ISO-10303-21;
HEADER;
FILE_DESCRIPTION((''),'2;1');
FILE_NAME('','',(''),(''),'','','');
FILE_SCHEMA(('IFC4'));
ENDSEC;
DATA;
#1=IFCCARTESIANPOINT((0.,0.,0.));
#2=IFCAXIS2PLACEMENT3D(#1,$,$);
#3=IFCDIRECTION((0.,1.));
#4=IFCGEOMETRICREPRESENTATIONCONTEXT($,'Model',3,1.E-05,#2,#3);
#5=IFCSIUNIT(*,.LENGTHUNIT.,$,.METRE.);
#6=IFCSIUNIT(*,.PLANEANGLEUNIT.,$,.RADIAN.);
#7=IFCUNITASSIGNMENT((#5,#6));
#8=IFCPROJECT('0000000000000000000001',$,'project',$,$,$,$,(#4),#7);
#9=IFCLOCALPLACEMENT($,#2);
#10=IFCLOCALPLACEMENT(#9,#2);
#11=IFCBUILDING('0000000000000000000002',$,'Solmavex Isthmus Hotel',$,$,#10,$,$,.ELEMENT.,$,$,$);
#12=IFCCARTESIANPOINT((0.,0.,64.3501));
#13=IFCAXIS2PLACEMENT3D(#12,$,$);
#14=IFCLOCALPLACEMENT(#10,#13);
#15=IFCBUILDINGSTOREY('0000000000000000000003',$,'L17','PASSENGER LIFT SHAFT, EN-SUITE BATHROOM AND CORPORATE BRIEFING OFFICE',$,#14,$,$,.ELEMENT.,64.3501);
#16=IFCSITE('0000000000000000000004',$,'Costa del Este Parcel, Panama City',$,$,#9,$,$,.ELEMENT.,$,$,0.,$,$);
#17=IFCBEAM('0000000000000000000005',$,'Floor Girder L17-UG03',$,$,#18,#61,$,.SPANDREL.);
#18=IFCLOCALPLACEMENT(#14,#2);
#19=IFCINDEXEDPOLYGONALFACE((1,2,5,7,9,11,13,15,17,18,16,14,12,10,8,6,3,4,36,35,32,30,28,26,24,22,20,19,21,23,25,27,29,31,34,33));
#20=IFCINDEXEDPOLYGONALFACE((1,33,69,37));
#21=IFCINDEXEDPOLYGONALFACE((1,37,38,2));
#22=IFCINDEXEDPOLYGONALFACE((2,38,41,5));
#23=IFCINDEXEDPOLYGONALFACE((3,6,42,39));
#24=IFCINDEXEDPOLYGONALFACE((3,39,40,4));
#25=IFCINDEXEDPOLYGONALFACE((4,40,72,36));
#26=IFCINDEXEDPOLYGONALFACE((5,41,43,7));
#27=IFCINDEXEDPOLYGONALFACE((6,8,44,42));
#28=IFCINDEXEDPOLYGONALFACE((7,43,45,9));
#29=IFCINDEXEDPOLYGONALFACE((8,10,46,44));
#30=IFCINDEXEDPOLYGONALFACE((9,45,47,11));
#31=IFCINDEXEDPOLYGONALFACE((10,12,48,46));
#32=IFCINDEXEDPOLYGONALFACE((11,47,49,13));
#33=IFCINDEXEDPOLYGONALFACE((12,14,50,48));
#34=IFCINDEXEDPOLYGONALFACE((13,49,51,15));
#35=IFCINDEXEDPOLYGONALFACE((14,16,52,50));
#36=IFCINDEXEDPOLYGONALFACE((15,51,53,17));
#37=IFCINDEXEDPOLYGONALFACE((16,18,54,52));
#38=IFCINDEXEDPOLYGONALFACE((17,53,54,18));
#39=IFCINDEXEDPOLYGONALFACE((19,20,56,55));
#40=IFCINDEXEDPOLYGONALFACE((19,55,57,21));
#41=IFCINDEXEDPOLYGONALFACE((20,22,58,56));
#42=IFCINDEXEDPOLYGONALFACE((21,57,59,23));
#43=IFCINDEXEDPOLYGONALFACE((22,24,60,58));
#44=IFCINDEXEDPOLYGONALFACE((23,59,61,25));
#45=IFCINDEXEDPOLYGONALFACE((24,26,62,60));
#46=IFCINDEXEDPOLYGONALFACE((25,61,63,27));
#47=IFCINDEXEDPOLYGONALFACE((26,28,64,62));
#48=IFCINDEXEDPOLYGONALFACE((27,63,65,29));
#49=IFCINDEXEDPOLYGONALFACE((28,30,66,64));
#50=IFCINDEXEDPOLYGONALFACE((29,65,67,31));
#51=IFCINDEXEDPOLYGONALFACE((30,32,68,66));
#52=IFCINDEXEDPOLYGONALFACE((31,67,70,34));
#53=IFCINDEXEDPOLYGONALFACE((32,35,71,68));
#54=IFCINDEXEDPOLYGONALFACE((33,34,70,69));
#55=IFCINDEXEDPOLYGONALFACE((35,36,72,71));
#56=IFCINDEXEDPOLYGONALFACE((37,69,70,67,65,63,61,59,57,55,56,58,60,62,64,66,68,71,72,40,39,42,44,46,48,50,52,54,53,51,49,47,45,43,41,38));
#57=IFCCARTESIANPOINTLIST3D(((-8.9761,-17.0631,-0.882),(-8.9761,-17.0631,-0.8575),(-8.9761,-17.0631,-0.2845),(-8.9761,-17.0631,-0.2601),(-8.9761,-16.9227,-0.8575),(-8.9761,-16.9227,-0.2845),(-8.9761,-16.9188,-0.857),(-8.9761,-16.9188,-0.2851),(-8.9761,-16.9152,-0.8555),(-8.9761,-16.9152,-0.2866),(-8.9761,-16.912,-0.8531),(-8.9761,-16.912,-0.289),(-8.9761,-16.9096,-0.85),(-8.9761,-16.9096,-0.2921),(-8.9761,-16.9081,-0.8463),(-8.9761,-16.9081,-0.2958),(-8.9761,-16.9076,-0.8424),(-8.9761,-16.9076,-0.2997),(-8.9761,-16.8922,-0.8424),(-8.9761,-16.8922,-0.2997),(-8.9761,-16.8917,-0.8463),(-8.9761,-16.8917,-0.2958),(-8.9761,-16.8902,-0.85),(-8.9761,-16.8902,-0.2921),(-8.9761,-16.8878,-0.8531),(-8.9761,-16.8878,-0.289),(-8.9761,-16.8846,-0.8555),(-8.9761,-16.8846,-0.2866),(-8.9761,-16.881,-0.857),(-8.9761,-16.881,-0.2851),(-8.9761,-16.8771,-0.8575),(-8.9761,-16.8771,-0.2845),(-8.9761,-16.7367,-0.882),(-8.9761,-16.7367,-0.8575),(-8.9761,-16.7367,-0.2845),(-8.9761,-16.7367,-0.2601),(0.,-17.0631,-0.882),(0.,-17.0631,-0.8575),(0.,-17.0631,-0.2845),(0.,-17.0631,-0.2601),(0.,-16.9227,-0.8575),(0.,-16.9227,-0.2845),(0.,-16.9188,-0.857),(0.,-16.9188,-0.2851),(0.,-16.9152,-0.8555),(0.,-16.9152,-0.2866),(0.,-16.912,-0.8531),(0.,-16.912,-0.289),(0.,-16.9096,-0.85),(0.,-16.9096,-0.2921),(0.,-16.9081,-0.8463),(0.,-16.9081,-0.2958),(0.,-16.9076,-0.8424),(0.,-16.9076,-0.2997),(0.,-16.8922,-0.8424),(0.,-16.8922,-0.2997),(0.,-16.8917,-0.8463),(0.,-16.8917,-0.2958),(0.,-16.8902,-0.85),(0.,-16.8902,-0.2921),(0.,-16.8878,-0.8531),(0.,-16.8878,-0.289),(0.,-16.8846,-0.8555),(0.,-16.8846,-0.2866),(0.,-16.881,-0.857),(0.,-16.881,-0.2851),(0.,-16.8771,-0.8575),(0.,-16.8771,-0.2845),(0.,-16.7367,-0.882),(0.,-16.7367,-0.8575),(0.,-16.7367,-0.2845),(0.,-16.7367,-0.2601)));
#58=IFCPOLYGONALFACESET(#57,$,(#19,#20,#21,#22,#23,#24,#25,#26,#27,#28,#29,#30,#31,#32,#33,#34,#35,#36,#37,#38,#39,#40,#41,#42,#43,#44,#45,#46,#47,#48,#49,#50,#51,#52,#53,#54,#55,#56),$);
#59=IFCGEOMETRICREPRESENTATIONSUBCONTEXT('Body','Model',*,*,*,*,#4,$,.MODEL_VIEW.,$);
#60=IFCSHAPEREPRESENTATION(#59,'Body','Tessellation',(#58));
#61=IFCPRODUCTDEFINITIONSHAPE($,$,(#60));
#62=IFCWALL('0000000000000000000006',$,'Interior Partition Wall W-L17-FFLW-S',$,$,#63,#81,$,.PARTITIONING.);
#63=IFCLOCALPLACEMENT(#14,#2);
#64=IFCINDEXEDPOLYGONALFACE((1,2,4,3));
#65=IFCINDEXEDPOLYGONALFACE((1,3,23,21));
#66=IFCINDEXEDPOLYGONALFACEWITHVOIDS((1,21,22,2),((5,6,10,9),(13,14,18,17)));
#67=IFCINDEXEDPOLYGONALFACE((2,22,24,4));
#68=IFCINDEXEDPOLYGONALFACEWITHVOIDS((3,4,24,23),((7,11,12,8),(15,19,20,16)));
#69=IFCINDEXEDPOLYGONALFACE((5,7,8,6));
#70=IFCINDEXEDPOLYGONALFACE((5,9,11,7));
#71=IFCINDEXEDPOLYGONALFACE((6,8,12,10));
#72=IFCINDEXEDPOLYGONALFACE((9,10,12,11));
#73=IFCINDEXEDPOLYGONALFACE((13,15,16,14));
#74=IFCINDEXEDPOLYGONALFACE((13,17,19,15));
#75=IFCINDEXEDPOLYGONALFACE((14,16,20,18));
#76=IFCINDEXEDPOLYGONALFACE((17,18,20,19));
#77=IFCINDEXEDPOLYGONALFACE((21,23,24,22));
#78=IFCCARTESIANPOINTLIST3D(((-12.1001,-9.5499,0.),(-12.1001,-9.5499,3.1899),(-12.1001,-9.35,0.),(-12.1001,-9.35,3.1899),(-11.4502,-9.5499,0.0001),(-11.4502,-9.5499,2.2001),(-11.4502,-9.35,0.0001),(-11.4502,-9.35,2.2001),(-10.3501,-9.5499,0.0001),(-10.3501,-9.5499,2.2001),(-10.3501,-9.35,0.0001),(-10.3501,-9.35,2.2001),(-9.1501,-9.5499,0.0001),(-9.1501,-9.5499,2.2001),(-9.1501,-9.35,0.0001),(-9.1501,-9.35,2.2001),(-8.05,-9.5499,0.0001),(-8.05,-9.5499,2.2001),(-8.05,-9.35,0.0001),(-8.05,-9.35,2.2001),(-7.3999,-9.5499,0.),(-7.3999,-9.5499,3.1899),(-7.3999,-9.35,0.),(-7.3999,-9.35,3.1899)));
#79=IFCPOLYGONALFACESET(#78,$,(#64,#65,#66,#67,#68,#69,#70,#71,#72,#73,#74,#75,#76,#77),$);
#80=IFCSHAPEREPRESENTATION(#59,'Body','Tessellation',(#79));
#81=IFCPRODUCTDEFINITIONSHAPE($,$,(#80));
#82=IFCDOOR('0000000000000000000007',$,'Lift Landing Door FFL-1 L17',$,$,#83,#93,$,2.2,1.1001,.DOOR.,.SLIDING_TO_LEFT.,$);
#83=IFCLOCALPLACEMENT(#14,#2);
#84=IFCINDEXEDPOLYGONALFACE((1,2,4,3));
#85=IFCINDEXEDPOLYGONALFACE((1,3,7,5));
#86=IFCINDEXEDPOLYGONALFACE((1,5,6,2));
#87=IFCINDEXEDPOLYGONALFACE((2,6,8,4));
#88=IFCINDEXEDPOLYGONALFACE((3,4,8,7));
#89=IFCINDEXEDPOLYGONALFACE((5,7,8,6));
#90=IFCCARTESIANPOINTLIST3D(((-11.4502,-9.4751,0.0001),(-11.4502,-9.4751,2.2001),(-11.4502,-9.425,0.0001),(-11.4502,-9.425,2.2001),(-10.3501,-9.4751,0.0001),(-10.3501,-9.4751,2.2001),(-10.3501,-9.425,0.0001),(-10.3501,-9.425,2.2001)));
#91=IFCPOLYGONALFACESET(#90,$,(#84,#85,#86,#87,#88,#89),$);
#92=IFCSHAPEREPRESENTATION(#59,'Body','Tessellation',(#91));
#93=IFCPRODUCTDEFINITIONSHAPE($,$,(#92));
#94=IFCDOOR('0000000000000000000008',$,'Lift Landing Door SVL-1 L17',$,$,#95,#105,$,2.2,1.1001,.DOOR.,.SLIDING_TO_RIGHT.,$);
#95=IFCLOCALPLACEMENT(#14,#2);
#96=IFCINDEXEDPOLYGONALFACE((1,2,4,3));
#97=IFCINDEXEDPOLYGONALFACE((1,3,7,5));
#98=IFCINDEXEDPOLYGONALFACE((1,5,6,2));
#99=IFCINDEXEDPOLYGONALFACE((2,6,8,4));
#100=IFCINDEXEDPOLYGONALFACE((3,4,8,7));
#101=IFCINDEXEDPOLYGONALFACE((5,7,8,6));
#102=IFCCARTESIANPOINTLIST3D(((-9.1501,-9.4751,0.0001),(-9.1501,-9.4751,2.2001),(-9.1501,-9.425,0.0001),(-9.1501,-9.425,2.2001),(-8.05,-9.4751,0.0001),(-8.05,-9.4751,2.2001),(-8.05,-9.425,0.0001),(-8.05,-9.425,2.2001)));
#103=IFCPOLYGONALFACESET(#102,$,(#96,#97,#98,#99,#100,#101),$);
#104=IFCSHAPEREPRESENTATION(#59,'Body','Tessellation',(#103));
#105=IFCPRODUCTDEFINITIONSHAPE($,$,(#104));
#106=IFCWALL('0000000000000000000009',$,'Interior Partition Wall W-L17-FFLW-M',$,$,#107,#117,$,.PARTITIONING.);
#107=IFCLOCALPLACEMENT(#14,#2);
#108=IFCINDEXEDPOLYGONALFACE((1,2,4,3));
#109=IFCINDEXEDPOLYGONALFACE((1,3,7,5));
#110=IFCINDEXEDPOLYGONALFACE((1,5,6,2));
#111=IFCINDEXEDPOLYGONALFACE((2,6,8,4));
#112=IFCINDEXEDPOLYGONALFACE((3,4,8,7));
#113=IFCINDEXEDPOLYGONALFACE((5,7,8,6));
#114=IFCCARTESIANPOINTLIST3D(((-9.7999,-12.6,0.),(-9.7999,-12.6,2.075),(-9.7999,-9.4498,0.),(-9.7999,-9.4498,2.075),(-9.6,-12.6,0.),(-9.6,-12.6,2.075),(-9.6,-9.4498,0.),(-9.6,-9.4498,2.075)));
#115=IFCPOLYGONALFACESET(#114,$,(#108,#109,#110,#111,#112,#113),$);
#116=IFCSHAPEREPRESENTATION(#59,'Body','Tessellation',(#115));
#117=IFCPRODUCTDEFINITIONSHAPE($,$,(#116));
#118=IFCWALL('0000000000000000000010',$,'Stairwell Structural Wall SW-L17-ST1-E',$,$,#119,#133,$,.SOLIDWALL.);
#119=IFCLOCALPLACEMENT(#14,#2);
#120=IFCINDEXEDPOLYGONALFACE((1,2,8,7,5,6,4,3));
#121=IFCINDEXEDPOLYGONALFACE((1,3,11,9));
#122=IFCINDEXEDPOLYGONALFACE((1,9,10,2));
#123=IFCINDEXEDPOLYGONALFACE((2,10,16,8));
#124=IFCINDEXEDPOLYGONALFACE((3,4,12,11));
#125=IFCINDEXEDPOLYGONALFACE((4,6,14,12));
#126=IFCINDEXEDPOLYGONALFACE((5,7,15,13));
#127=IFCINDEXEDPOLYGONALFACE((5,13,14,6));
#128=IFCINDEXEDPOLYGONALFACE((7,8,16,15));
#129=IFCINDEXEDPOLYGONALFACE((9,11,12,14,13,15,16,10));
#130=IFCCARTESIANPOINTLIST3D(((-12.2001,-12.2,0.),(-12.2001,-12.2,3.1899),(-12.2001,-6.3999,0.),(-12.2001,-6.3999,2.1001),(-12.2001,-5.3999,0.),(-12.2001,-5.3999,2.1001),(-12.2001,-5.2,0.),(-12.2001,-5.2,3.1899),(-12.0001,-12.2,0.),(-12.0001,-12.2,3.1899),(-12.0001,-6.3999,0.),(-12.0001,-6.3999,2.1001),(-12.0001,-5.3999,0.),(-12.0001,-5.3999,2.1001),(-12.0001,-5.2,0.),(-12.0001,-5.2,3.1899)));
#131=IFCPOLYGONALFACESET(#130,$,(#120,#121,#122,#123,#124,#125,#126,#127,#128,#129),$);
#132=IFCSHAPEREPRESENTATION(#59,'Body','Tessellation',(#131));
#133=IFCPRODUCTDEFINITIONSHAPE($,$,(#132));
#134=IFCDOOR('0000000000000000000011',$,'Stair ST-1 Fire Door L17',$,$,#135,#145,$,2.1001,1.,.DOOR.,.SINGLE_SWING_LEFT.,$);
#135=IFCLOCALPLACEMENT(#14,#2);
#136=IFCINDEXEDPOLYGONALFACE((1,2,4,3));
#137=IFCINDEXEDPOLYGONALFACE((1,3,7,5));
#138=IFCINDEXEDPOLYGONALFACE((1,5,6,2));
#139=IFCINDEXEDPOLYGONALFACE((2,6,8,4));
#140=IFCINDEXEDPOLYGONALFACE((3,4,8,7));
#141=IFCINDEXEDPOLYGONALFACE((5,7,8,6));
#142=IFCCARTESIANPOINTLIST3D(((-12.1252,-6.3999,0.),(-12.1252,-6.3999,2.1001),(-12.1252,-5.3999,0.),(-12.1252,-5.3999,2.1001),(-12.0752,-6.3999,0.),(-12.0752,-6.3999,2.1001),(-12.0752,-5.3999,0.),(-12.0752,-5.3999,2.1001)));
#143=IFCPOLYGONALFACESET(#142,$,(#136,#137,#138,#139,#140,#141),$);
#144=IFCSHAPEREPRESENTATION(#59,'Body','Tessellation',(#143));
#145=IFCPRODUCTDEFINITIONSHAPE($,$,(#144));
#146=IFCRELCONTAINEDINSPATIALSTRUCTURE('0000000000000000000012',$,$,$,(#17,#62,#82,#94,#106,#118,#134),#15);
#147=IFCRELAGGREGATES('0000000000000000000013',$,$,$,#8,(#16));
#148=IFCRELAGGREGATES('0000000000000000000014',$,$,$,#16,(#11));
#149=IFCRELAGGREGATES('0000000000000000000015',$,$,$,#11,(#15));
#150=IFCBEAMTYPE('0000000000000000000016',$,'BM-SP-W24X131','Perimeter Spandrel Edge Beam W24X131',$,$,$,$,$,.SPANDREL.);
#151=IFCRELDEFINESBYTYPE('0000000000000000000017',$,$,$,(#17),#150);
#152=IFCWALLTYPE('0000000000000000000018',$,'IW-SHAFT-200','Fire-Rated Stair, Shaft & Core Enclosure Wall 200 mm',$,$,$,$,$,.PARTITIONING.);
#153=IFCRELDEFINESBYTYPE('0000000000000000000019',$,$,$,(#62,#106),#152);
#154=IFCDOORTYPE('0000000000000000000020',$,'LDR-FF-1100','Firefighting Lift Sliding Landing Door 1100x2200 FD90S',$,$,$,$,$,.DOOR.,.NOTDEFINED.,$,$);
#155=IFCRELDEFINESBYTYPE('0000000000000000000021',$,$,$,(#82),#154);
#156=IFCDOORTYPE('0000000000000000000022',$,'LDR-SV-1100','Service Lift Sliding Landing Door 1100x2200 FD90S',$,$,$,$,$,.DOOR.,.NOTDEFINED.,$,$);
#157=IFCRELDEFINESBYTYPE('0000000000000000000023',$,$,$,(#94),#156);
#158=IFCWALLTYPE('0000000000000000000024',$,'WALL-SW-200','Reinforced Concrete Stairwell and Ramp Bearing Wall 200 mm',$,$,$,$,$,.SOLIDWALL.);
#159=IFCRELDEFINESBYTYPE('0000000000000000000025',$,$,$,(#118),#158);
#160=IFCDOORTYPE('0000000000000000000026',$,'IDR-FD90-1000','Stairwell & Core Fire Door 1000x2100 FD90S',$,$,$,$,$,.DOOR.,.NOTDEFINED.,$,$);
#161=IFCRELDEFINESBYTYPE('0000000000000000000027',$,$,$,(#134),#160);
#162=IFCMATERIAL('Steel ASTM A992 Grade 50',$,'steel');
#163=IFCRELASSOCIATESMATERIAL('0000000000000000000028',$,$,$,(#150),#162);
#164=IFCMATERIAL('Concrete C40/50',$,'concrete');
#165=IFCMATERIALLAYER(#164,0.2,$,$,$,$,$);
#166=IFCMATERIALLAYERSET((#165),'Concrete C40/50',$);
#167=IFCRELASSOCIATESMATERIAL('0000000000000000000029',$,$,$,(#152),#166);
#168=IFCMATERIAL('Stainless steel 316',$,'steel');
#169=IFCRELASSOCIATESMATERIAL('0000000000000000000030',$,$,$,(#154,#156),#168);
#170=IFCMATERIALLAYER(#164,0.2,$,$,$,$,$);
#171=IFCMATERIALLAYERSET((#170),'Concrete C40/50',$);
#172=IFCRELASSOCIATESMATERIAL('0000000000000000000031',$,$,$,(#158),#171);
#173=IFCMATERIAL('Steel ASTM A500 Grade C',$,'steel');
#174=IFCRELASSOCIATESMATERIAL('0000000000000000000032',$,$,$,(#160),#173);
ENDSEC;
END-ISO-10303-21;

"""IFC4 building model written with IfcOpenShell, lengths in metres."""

from ifc_helpers import new_model, si_unit, direction, frame, frame_2d, origin, origin_2d, place, context, subcontext, project, spatial, rectangle, i_section, extrude, material, layer, layer_set, material_profile, profile_set, type_object, element, fill, save


model = new_model("IFC4")

# Units and contexts
model_context = context("Model", 3, precision=1e-05, world=origin(), true_north=direction((0.0, 1.0)))
body_context = subcontext(model_context, "Body", "Model", "MODEL_VIEW")
ifc_project = project(units=[si_unit("LENGTHUNIT", "METRE"), si_unit("PLANEANGLEUNIT", "RADIAN")], contexts=[model_context])

# Site, building, storey
site_placement = place(None, origin())
site = spatial("IfcSite", under=ifc_project, at=site_placement, Name="Costa del Este Parcel, Panama City", CompositionType="ELEMENT", RefElevation=0.0)
building_placement = place(site_placement, origin())
building = spatial("IfcBuilding", under=site, at=building_placement, Name="Solmavex Isthmus Hotel", CompositionType="ELEMENT")
storey_placement = place(building_placement, frame((0.0, 0.0, 64.3501)))
storey = spatial("IfcBuildingStorey", under=building, at=storey_placement, Name="L17", Description="PASSENGER LIFT SHAFT, EN-SUITE BATHROOM AND CORPORATE BRIEFING OFFICE", CompositionType="ELEMENT", Elevation=64.3501)

# Beam
ifc_material_1 = material(Name="Steel ASTM A992 Grade 50", Category="steel")
ifc_material_profile_1 = material_profile(ifc_material_1, i_section(OverallWidth=0.3264, OverallDepth=0.6218, WebThickness=0.0154, FlangeThickness=0.0244, FilletRadius=0.0151, at=origin_2d()), Name="W24X131")
ifc_profile_set_1 = profile_set([ifc_material_profile_1], Name="Steel ASTM A992 Grade 50")
beam_type_1 = type_object("IfcBeamType", Name="BM-SP-W24X131", Description="Perimeter Spandrel Edge Beam W24X131", PredefinedType="SPANDREL", material=ifc_profile_set_1)
beam_1_placement = place(storey_placement, frame((-8.9761, -16.8999, -0.571), z_axis=(1.0, 0.0, 0.0), x_axis=(0.0, 1.0, 0.0)))
element("IfcBeam", 1, at=beam_1_placement, inside=storey, type_object=beam_type_1, Name="Floor Girder L17-UG03", PredefinedType="SPANDREL", context=body_context, shape_type="SweptSolid", body=[
    extrude(i_section(OverallWidth=0.3264, OverallDepth=0.6218, WebThickness=0.0154, FlangeThickness=0.0244, FilletRadius=0.0151, at=origin_2d()), origin(), (0.0, 0.0, 1.0), 8.9761),
])

# Wall, openings, doors
ifc_material_2 = material(Name="Concrete C40/50", Category="concrete")
ifc_layer_1 = layer(ifc_material_2, 0.2)
ifc_layer_set_1 = layer_set([ifc_layer_1], Name="Concrete C40/50")
wall_type_1 = type_object("IfcWallType", Name="IW-SHAFT-200", Description="Fire-Rated Stair, Shaft & Core Enclosure Wall 200 mm", PredefinedType="PARTITIONING", material=ifc_layer_set_1)
wall_1_placement = place(storey_placement, frame((-12.1001, -9.45, 0.0), z_axis=(0.0, 0.0, 1.0), x_axis=(1.0, 0.0, 0.0)))
wall_1 = element("IfcWall", 2, at=wall_1_placement, inside=storey, type_object=wall_type_1, Name="Interior Partition Wall W-L17-FFLW-S", PredefinedType="PARTITIONING", context=body_context, shape_type="SweptSolid", body=[
    extrude(rectangle(XDim=4.7002, YDim=0.2, at=frame_2d((2.3501, 0.0))), origin(), (0.0, 0.0, 1.0), 3.1899),
])
opening_1_placement = place(wall_1_placement, frame((0.6499, 0.0, 0.0)))
opening_1 = element("IfcOpeningElement", 3, at=opening_1_placement, cuts=wall_1, PredefinedType="OPENING", context=body_context, shape_type="SweptSolid", body=[
    extrude(rectangle(XDim=1.1001, YDim=2.2, at=frame_2d((0.55, 1.1001))), frame((0.0, 0.1099, 0.0), z_axis=(0.0, -1.0, 0.0), x_axis=(1.0, 0.0, 0.0)), (0.0, 0.0, 1.0), 0.22),
])
opening_2_placement = place(wall_1_placement, frame((2.95, 0.0, 0.0)))
opening_2 = element("IfcOpeningElement", 4, at=opening_2_placement, cuts=wall_1, PredefinedType="OPENING", context=body_context, shape_type="SweptSolid", body=[
    extrude(rectangle(XDim=1.1001, YDim=2.2, at=frame_2d((0.55, 1.1001))), frame((0.0, 0.1099, 0.0), z_axis=(0.0, -1.0, 0.0), x_axis=(1.0, 0.0, 0.0)), (0.0, 0.0, 1.0), 0.22),
])
ifc_material_3 = material(Name="Stainless steel 316", Category="steel")
door_type_1 = type_object("IfcDoorType", Name="LDR-FF-1100", Description="Firefighting Lift Sliding Landing Door 1100x2200 FD90S", OperationType="NOTDEFINED", PredefinedType="DOOR", material=ifc_material_3)
door_1_placement = place(opening_1_placement, origin())
door_1 = element("IfcDoor", 5, at=door_1_placement, inside=storey, type_object=door_type_1, Name="Lift Landing Door FFL-1 L17", OperationType="SLIDING_TO_LEFT", OverallHeight=2.2, OverallWidth=1.1001, PredefinedType="DOOR", context=body_context, shape_type="SweptSolid", body=[
    extrude(rectangle(XDim=1.1001, YDim=2.2, at=frame_2d((0.55, 1.1001))), frame((0.0, 0.0249, 0.0), z_axis=(0.0, -1.0, 0.0), x_axis=(1.0, 0.0, 0.0)), (0.0, 0.0, 1.0), 0.05),
])
fill(opening_1, door_1)
door_type_2 = type_object("IfcDoorType", Name="LDR-SV-1100", Description="Service Lift Sliding Landing Door 1100x2200 FD90S", OperationType="NOTDEFINED", PredefinedType="DOOR", material=ifc_material_3)
door_2_placement = place(opening_2_placement, origin())
door_2 = element("IfcDoor", 6, at=door_2_placement, inside=storey, type_object=door_type_2, Name="Lift Landing Door SVL-1 L17", OperationType="SLIDING_TO_RIGHT", OverallHeight=2.2, OverallWidth=1.1001, PredefinedType="DOOR", context=body_context, shape_type="SweptSolid", body=[
    extrude(rectangle(XDim=1.1001, YDim=2.2, at=frame_2d((0.55, 1.1001))), frame((0.0, 0.0249, 0.0), z_axis=(0.0, -1.0, 0.0), x_axis=(1.0, 0.0, 0.0)), (0.0, 0.0, 1.0), 0.05),
])
fill(opening_2, door_2)

# Wall
wall_2_placement = place(storey_placement, frame((-9.7, -12.6001, 0.0), z_axis=(0.0, 0.0, 1.0), x_axis=(0.0, 1.0, 0.0)))
element("IfcWall", 7, at=wall_2_placement, inside=storey, type_object=wall_type_1, Name="Interior Partition Wall W-L17-FFLW-M", PredefinedType="PARTITIONING", context=body_context, shape_type="SweptSolid", body=[
    extrude(rectangle(XDim=3.1501, YDim=0.2, at=frame_2d((1.5752, 0.0))), origin(), (0.0, 0.0, 1.0), 2.075),
])

# Wall, opening, door
ifc_layer_2 = layer(ifc_material_2, 0.2)
ifc_layer_set_2 = layer_set([ifc_layer_2], Name="Concrete C40/50")
wall_type_2 = type_object("IfcWallType", Name="WALL-SW-200", Description="Reinforced Concrete Stairwell and Ramp Bearing Wall 200 mm", PredefinedType="SOLIDWALL", material=ifc_layer_set_2)
wall_3_placement = place(storey_placement, frame((-12.1001, -12.2, 0.0), z_axis=(0.0, 0.0, 1.0), x_axis=(0.0, 1.0, 0.0)))
wall_3 = element("IfcWall", 8, at=wall_3_placement, inside=storey, type_object=wall_type_2, Name="Stairwell Structural Wall SW-L17-ST1-E", PredefinedType="SOLIDWALL", context=body_context, shape_type="SweptSolid", body=[
    extrude(rectangle(XDim=7.0, YDim=0.2, at=frame_2d((3.5, 0.0))), origin(), (0.0, 0.0, 1.0), 3.1899),
])
opening_3_placement = place(wall_3_placement, frame((5.8, 0.0, 0.0)))
opening_3 = element("IfcOpeningElement", 9, at=opening_3_placement, cuts=wall_3, PredefinedType="OPENING", context=body_context, shape_type="SweptSolid", body=[
    extrude(rectangle(XDim=1.0, YDim=2.1001, at=frame_2d((0.5, 1.05))), frame((0.0, 0.1099, 0.0), z_axis=(0.0, -1.0, 0.0), x_axis=(1.0, 0.0, 0.0)), (0.0, 0.0, 1.0), 0.22),
])
ifc_material_4 = material(Name="Steel ASTM A500 Grade C", Category="steel")
door_type_3 = type_object("IfcDoorType", Name="IDR-FD90-1000", Description="Stairwell & Core Fire Door 1000x2100 FD90S", OperationType="NOTDEFINED", PredefinedType="DOOR", material=ifc_material_4)
door_3_placement = place(opening_3_placement, frame((1.0, 0.0, 0.0), z_axis=(0.0, 0.0, 1.0), x_axis=(-1.0, 0.0, 0.0)))
door_3 = element("IfcDoor", 10, at=door_3_placement, inside=storey, type_object=door_type_3, Name="Stair ST-1 Fire Door L17", OperationType="SINGLE_SWING_LEFT", OverallHeight=2.1001, OverallWidth=1.0, PredefinedType="DOOR", context=body_context, shape_type="SweptSolid", body=[
    extrude(rectangle(XDim=1.0, YDim=2.1001, at=frame_2d((0.5, 1.05))), frame((0.0, 0.0249, 0.0), z_axis=(0.0, -1.0, 0.0), x_axis=(1.0, 0.0, 0.0)), (0.0, 0.0, 1.0), 0.05),
])
fill(opening_3, door_3)

save(model, "model.ifc")
